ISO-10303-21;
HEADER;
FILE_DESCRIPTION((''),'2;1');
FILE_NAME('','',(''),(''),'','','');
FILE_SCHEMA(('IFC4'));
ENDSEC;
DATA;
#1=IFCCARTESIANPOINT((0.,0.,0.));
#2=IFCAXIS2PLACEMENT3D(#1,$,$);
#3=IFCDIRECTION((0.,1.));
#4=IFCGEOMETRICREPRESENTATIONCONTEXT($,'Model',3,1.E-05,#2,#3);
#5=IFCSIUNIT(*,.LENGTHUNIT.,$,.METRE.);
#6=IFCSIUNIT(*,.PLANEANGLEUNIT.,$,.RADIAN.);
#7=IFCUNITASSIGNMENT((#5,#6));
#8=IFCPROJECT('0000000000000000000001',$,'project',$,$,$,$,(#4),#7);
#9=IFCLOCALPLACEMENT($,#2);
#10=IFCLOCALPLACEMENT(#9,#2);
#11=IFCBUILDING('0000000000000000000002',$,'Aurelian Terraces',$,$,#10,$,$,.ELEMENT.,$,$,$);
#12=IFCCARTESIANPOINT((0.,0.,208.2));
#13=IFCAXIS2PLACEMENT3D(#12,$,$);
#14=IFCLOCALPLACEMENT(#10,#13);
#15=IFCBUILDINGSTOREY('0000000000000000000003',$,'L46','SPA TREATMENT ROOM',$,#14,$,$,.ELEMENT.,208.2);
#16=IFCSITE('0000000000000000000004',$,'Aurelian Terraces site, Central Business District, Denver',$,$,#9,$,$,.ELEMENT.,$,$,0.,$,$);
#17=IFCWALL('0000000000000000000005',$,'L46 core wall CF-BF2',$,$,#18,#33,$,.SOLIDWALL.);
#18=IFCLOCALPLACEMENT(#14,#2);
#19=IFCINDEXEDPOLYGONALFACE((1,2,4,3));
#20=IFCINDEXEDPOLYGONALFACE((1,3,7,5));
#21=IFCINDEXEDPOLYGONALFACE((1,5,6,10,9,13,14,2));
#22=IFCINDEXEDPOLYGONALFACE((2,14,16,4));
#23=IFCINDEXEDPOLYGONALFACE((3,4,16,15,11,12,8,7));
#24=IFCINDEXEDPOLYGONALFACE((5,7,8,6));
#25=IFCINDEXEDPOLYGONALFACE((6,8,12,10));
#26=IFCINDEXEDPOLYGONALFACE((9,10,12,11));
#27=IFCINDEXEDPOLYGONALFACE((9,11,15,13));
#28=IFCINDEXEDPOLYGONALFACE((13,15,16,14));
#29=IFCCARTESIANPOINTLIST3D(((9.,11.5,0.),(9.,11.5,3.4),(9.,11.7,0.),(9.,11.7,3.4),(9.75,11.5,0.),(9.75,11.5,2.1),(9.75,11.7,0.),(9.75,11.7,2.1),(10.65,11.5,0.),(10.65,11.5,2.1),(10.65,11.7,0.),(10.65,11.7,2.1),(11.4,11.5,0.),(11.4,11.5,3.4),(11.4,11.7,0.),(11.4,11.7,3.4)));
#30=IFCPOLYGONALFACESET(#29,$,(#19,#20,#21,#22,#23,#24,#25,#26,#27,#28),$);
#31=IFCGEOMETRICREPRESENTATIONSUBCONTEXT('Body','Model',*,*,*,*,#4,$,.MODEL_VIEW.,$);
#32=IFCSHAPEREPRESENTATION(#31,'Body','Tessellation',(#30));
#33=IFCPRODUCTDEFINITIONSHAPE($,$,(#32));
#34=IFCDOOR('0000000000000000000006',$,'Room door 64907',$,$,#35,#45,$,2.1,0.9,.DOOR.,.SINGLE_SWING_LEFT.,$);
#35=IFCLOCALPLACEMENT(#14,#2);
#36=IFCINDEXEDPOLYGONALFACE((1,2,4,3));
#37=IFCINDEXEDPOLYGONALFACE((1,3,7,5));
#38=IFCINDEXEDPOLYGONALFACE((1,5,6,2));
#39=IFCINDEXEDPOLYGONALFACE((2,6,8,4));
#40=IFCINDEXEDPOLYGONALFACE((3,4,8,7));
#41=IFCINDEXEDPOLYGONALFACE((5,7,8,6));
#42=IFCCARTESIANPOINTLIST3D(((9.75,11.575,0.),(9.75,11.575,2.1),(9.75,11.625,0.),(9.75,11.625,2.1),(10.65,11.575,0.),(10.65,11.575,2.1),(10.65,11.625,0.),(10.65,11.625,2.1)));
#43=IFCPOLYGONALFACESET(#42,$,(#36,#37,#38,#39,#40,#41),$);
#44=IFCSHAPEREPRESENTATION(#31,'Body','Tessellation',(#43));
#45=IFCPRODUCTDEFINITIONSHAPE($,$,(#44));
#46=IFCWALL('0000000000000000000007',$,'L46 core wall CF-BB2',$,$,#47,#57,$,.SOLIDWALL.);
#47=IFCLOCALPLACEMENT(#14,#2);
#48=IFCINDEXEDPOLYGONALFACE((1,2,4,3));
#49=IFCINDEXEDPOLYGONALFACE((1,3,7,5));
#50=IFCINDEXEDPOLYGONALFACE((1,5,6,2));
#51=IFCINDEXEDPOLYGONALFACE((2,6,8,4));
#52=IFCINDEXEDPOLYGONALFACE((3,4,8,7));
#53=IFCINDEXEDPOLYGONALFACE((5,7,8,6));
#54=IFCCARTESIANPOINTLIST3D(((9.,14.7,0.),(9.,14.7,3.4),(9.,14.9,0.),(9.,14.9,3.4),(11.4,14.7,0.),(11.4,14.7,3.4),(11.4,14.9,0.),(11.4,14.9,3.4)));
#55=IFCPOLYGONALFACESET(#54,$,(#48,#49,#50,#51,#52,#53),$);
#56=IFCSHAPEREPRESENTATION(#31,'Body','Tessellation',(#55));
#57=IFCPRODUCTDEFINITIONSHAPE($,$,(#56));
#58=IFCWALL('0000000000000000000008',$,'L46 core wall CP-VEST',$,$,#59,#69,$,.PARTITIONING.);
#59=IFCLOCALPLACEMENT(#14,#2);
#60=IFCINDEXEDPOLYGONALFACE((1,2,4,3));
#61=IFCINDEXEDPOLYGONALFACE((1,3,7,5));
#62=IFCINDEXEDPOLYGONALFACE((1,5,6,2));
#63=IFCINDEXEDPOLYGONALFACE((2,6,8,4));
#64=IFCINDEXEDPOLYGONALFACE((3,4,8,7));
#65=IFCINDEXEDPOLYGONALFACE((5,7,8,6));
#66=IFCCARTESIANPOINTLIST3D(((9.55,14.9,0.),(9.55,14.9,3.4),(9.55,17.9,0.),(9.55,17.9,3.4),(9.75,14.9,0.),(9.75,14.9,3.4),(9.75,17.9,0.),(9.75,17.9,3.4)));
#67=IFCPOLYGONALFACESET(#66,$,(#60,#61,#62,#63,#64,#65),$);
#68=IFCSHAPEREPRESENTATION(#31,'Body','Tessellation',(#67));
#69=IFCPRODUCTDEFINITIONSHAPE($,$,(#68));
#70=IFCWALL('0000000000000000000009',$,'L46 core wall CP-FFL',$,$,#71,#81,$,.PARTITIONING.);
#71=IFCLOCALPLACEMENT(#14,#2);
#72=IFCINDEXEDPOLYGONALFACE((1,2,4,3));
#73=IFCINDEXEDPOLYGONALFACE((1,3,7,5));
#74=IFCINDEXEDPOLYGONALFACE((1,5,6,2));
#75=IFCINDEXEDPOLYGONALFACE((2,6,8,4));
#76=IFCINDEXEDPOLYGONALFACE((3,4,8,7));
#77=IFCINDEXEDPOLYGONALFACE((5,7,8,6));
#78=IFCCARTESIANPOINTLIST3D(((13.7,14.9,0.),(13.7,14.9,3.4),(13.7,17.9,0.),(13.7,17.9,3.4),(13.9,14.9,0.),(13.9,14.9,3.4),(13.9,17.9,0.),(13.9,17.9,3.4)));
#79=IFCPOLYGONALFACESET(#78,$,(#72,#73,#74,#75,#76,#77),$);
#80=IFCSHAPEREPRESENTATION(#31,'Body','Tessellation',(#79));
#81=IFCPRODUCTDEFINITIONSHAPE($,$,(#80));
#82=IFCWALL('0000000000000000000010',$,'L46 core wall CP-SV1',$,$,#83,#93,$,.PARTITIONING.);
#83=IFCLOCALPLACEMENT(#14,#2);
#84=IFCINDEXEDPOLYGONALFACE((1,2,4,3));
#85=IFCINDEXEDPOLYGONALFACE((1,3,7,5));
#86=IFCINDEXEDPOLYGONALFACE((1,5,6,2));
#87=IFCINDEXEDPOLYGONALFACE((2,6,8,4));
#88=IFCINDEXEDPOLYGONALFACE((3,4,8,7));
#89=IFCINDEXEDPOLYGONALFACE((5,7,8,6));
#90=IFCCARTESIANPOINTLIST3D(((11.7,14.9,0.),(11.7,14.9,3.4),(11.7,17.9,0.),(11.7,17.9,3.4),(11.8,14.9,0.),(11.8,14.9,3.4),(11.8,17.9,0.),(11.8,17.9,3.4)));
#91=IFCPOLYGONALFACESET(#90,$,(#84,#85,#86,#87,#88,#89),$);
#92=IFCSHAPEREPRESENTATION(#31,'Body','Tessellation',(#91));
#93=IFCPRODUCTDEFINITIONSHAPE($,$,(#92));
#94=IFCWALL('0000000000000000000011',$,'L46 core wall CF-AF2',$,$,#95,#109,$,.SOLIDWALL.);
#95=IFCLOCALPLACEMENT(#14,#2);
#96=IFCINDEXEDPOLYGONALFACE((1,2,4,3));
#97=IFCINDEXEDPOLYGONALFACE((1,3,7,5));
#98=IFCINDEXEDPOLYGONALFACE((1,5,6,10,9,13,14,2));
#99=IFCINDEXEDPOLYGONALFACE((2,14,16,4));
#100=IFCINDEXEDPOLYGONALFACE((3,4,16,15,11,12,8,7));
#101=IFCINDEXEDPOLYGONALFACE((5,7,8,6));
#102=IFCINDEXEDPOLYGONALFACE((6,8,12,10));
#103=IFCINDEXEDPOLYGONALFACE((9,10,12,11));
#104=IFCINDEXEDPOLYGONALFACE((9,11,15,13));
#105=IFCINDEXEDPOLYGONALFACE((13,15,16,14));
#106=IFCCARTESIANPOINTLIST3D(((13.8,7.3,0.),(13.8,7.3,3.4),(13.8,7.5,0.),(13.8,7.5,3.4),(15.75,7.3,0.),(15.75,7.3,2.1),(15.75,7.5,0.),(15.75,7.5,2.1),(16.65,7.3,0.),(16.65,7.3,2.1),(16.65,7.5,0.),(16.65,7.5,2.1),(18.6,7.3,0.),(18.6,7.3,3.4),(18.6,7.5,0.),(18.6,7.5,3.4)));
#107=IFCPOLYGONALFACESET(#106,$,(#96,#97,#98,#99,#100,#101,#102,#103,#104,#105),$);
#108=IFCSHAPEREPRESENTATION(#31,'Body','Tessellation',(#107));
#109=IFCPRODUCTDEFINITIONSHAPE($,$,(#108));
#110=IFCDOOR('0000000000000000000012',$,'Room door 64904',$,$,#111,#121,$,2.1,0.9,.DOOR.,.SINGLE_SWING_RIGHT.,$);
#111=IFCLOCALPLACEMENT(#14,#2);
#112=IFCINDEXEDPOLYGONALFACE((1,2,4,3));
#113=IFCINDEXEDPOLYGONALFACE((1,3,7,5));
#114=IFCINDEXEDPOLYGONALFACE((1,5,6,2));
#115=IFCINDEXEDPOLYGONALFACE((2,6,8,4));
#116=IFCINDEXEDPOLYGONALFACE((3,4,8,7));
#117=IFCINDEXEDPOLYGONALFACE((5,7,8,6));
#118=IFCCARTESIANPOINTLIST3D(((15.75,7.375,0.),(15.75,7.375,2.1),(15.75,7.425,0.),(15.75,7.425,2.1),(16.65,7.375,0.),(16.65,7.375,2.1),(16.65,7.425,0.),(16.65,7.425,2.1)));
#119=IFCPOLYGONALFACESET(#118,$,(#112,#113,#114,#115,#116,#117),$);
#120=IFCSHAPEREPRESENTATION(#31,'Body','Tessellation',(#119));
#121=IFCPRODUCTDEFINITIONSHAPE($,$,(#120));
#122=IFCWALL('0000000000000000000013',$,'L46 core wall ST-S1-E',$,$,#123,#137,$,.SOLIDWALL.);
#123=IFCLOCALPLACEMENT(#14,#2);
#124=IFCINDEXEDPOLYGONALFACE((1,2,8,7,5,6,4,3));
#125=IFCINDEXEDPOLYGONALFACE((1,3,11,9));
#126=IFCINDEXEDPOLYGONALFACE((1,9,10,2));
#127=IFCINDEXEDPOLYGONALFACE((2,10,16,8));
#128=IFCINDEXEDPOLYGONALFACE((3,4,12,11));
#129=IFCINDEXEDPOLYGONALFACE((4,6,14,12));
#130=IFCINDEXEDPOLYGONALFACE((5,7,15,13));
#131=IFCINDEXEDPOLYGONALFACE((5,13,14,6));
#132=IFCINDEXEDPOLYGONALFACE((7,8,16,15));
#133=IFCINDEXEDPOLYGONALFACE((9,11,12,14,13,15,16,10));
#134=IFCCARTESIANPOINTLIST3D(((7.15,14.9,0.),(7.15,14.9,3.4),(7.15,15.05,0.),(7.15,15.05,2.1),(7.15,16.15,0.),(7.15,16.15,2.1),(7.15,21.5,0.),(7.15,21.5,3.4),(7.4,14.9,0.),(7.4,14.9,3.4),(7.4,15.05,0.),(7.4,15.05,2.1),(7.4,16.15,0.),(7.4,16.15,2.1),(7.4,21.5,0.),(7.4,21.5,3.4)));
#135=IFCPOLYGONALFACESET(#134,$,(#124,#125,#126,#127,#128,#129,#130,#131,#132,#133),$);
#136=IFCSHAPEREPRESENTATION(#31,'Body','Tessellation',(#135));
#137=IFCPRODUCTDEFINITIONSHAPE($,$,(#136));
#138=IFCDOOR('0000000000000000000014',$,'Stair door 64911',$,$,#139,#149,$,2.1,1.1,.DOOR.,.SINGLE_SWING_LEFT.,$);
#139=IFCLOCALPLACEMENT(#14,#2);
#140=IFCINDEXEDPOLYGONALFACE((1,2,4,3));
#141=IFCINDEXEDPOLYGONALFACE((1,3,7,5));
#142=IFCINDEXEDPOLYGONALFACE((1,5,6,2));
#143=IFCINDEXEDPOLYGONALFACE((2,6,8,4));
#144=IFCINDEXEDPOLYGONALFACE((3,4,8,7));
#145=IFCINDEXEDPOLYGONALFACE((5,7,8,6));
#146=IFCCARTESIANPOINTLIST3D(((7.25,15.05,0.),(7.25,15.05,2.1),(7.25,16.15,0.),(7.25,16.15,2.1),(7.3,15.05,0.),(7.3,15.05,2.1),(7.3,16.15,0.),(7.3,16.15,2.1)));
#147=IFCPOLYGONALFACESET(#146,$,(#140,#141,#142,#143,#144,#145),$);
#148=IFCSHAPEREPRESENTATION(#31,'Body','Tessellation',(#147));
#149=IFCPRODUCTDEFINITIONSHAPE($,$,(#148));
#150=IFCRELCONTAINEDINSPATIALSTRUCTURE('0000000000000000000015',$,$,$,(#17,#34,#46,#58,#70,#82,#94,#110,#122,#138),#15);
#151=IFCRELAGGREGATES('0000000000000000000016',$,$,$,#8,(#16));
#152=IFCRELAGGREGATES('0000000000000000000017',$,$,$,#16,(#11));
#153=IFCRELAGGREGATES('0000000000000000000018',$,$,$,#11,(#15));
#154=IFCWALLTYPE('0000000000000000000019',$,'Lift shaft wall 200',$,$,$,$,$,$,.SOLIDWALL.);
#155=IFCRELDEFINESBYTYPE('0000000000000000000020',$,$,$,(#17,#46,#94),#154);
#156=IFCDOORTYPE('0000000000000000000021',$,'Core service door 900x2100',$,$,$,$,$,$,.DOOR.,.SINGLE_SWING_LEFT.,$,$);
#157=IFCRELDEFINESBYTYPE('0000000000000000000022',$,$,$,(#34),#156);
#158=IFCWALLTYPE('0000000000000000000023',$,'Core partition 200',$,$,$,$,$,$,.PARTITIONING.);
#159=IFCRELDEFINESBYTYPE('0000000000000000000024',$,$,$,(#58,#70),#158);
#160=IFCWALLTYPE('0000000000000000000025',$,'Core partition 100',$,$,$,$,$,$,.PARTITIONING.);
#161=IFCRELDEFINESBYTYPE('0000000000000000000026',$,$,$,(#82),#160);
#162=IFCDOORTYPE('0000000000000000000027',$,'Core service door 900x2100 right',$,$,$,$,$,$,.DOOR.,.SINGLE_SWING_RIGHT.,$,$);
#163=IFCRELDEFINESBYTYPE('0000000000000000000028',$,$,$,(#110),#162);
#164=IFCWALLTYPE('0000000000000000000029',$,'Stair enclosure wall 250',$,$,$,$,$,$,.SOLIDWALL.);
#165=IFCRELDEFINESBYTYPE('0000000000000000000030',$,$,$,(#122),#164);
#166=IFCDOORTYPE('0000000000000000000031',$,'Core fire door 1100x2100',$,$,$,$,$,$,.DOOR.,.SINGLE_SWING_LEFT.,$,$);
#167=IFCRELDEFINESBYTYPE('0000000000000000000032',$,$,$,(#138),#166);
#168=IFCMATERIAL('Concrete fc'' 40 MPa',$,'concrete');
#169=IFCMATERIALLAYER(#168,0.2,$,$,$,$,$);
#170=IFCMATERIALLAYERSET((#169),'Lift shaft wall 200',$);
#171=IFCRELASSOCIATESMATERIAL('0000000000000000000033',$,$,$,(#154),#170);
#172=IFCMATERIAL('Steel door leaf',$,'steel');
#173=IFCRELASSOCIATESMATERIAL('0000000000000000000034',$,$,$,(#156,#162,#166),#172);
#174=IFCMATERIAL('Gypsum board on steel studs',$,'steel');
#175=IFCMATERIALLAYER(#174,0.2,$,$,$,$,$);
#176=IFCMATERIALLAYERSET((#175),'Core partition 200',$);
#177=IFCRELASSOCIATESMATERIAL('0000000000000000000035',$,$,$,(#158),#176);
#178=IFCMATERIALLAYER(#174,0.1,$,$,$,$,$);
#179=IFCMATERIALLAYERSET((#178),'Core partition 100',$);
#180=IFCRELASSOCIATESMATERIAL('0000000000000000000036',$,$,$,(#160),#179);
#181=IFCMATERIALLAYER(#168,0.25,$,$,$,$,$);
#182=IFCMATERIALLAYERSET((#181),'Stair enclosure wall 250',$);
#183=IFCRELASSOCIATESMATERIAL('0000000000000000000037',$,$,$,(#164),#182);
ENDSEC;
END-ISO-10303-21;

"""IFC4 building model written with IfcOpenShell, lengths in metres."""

from ifc_helpers import new_model, si_unit, direction, frame, frame_2d, origin, place, context, subcontext, project, spatial, rectangle, extrude, source, transform, mapped, material, layer, layer_set, type_object, element, fill, save


model = new_model("IFC4")

# Units and contexts
model_context = context("Model", 3, precision=1e-05, world=origin(), true_north=direction((0.0, 1.0)))
body_context = subcontext(model_context, "Body", "Model", "MODEL_VIEW")
ifc_project = project(units=[si_unit("LENGTHUNIT", "METRE"), si_unit("PLANEANGLEUNIT", "RADIAN")], contexts=[model_context])

# Site, building, storey
site_placement = place(None, origin())
site = spatial("IfcSite", under=ifc_project, at=site_placement, Name="Aurelian Terraces site, Central Business District, Denver", CompositionType="ELEMENT", RefElevation=0.0)
building_placement = place(site_placement, origin())
building = spatial("IfcBuilding", under=site, at=building_placement, Name="Aurelian Terraces", CompositionType="ELEMENT")
storey_placement = place(building_placement, frame((0.0, 0.0, 208.2)))
storey = spatial("IfcBuildingStorey", under=building, at=storey_placement, Name="L46", Description="SPA TREATMENT ROOM", CompositionType="ELEMENT", Elevation=208.2)

# Shared definitions
ifc_material_1 = material(Name="Concrete fc' 40 MPa", Category="concrete")
ifc_layer_1 = layer(ifc_material_1, 0.2)
ifc_layer_set_1 = layer_set([ifc_layer_1], Name="Lift shaft wall 200")
wall_type_1 = type_object("IfcWallType", Name="Lift shaft wall 200", PredefinedType="SOLIDWALL", material=ifc_layer_set_1)

# Shared definitions
shared_shape_1 = source(origin(), body_context, "Body", "SweptSolid", [
    extrude(rectangle(XDim=1.1, YDim=2.1, at=frame_2d((0.55, 1.05))), frame((0.0, 0.025, 0.0), z_axis=(0.0, -1.0, 0.0), x_axis=(1.0, 0.0, 0.0)), (0.0, 0.0, 1.0), 0.05),
])

# Wall, opening, door
shared_shape_2 = source(origin(), body_context, "Body", "SweptSolid", [
    extrude(rectangle(XDim=2.4, YDim=0.2, at=frame_2d((1.2, 0.0))), origin(), (0.0, 0.0, 1.0), 3.4),
])
wall_1_placement = place(storey_placement, frame((9.0, 11.6, 0.0), z_axis=(0.0, 0.0, 1.0), x_axis=(1.0, 0.0, 0.0)))
wall_1 = element("IfcWall", 1, at=wall_1_placement, inside=storey, type_object=wall_type_1, Name="L46 core wall CF-BF2", PredefinedType="SOLIDWALL", context=body_context, shape_type="MappedRepresentation", body=[
    mapped(shared_shape_2, transform((0.0, 0.0, 0.0), scale=1.0)),
])
shared_shape_3 = source(origin(), body_context, "Body", "SweptSolid", [
    extrude(rectangle(XDim=0.9, YDim=2.1, at=frame_2d((0.45, 1.05))), frame((0.0, 0.11, 0.0), z_axis=(0.0, -1.0, 0.0), x_axis=(1.0, 0.0, 0.0)), (0.0, 0.0, 1.0), 0.22),
])
opening_1_placement = place(wall_1_placement, frame((0.75, 0.0, 0.0)))
opening_1 = element("IfcOpeningElement", 2, at=opening_1_placement, cuts=wall_1, PredefinedType="OPENING", context=body_context, shape_type="MappedRepresentation", body=[
    mapped(shared_shape_3, transform((0.0, 0.0, 0.0), scale=1.0)),
])
ifc_material_2 = material(Name="Steel door leaf", Category="steel")
door_type_1 = type_object("IfcDoorType", Name="Core service door 900x2100", OperationType="SINGLE_SWING_LEFT", PredefinedType="DOOR", material=ifc_material_2)
shared_shape_4 = source(origin(), body_context, "Body", "SweptSolid", [
    extrude(rectangle(XDim=0.9, YDim=2.1, at=frame_2d((0.45, 1.05))), frame((0.0, 0.025, 0.0), z_axis=(0.0, -1.0, 0.0), x_axis=(1.0, 0.0, 0.0)), (0.0, 0.0, 1.0), 0.05),
])
door_1_placement = place(opening_1_placement, origin())
door_1 = element("IfcDoor", 3, at=door_1_placement, inside=storey, type_object=door_type_1, Name="Room door 64907", OperationType="SINGLE_SWING_LEFT", OverallHeight=2.1, OverallWidth=0.9, PredefinedType="DOOR", context=body_context, shape_type="MappedRepresentation", body=[
    mapped(shared_shape_4, transform((0.0, 0.0, 0.0), scale=1.0)),
])
fill(opening_1, door_1)

# Walls
wall_2_placement = place(storey_placement, frame((9.0, 14.8, 0.0), z_axis=(0.0, 0.0, 1.0), x_axis=(1.0, 0.0, 0.0)))
element("IfcWall", 4, at=wall_2_placement, inside=storey, type_object=wall_type_1, Name="L46 core wall CF-BB2", PredefinedType="SOLIDWALL", context=body_context, shape_type="MappedRepresentation", body=[
    mapped(shared_shape_2, transform((0.0, 0.0, 0.0), scale=1.0)),
])
ifc_material_3 = material(Name="Gypsum board on steel studs", Category="steel")
ifc_layer_2 = layer(ifc_material_3, 0.2)
ifc_layer_set_2 = layer_set([ifc_layer_2], Name="Core partition 200")
wall_type_2 = type_object("IfcWallType", Name="Core partition 200", PredefinedType="PARTITIONING", material=ifc_layer_set_2)
shared_shape_5 = source(origin(), body_context, "Body", "SweptSolid", [
    extrude(rectangle(XDim=3.0, YDim=0.2, at=frame_2d((1.5, 0.0))), origin(), (0.0, 0.0, 1.0), 3.4),
])
for number, where, z_axis, x_axis, name in (
    (5, (9.65, 14.9, 0.0), (0.0, 0.0, 1.0), (0.0, 1.0, 0.0), "L46 core wall CP-VEST"),
    (6, (13.8, 14.9, 0.0), (0.0, 0.0, 1.0), (0.0, 1.0, 0.0), "L46 core wall CP-FFL"),
):
    element("IfcWall", number, at=place(storey_placement, frame(where, z_axis=z_axis, x_axis=x_axis)), inside=storey, type_object=wall_type_2, Name=name, PredefinedType="PARTITIONING", context=body_context, shape_type="MappedRepresentation", body=[
        mapped(shared_shape_5, transform((0.0, 0.0, 0.0), scale=1.0)),
    ])
ifc_layer_3 = layer(ifc_material_3, 0.1)
ifc_layer_set_3 = layer_set([ifc_layer_3], Name="Core partition 100")
wall_type_3 = type_object("IfcWallType", Name="Core partition 100", PredefinedType="PARTITIONING", material=ifc_layer_set_3)
shared_shape_6 = source(origin(), body_context, "Body", "SweptSolid", [
    extrude(rectangle(XDim=3.0, YDim=0.1, at=frame_2d((1.5, 0.0))), origin(), (0.0, 0.0, 1.0), 3.4),
])
wall_3_placement = place(storey_placement, frame((11.75, 14.9, 0.0), z_axis=(0.0, 0.0, 1.0), x_axis=(0.0, 1.0, 0.0)))
element("IfcWall", 7, at=wall_3_placement, inside=storey, type_object=wall_type_3, Name="L46 core wall CP-SV1", PredefinedType="PARTITIONING", context=body_context, shape_type="MappedRepresentation", body=[
    mapped(shared_shape_6, transform((0.0, 0.0, 0.0), scale=1.0)),
])

# Walls, openings, doors
shared_shape_7 = source(origin(), body_context, "Body", "SweptSolid", [
    extrude(rectangle(XDim=4.8, YDim=0.2, at=frame_2d((2.4, 0.0))), origin(), (0.0, 0.0, 1.0), 3.4),
])
wall_4_placement = place(storey_placement, frame((13.8, 7.4, 0.0), z_axis=(0.0, 0.0, 1.0), x_axis=(1.0, 0.0, 0.0)))
wall_4 = element("IfcWall", 8, at=wall_4_placement, inside=storey, type_object=wall_type_1, Name="L46 core wall CF-AF2", PredefinedType="SOLIDWALL", context=body_context, shape_type="MappedRepresentation", body=[
    mapped(shared_shape_7, transform((0.0, 0.0, 0.0), scale=1.0)),
])
opening_2_placement = place(wall_4_placement, frame((1.95, 0.0, 0.0)))
opening_2 = element("IfcOpeningElement", 9, at=opening_2_placement, cuts=wall_4, PredefinedType="OPENING", context=body_context, shape_type="MappedRepresentation", body=[
    mapped(shared_shape_3, transform((0.0, 0.0, 0.0), scale=1.0)),
])
door_type_2 = type_object("IfcDoorType", Name="Core service door 900x2100 right", OperationType="SINGLE_SWING_RIGHT", PredefinedType="DOOR", material=ifc_material_2)
door_2_placement = place(opening_2_placement, origin())
door_2 = element("IfcDoor", 10, at=door_2_placement, inside=storey, type_object=door_type_2, Name="Room door 64904", OperationType="SINGLE_SWING_RIGHT", OverallHeight=2.1, OverallWidth=0.9, PredefinedType="DOOR", context=body_context, shape_type="MappedRepresentation", body=[
    mapped(shared_shape_4, transform((0.0, 0.0, 0.0), scale=1.0)),
])
fill(opening_2, door_2)
ifc_layer_4 = layer(ifc_material_1, 0.25)
ifc_layer_set_4 = layer_set([ifc_layer_4], Name="Stair enclosure wall 250")
wall_type_4 = type_object("IfcWallType", Name="Stair enclosure wall 250", PredefinedType="SOLIDWALL", material=ifc_layer_set_4)
shared_shape_8 = source(origin(), body_context, "Body", "SweptSolid", [
    extrude(rectangle(XDim=6.6, YDim=0.25, at=frame_2d((3.3, 0.0))), origin(), (0.0, 0.0, 1.0), 3.4),
])
wall_5_placement = place(storey_placement, frame((7.275, 14.9, 0.0), z_axis=(0.0, 0.0, 1.0), x_axis=(0.0, 1.0, 0.0)))
wall_5 = element("IfcWall", 11, at=wall_5_placement, inside=storey, type_object=wall_type_4, Name="L46 core wall ST-S1-E", PredefinedType="SOLIDWALL", context=body_context, shape_type="MappedRepresentation", body=[
    mapped(shared_shape_8, transform((0.0, 0.0, 0.0), scale=1.0)),
])
shared_shape_9 = source(origin(), body_context, "Body", "SweptSolid", [
    extrude(rectangle(XDim=1.1, YDim=2.1, at=frame_2d((0.55, 1.05))), frame((0.0, 0.135, 0.0), z_axis=(0.0, -1.0, 0.0), x_axis=(1.0, 0.0, 0.0)), (0.0, 0.0, 1.0), 0.27),
])
opening_3_placement = place(wall_5_placement, frame((0.15, 0.0, 0.0)))
opening_3 = element("IfcOpeningElement", 12, at=opening_3_placement, cuts=wall_5, PredefinedType="OPENING", context=body_context, shape_type="MappedRepresentation", body=[
    mapped(shared_shape_9, transform((0.0, 0.0, 0.0), scale=1.0)),
])
door_type_3 = type_object("IfcDoorType", Name="Core fire door 1100x2100", OperationType="SINGLE_SWING_LEFT", PredefinedType="DOOR", material=ifc_material_2)
door_3_placement = place(opening_3_placement, origin())
door_3 = element("IfcDoor", 13, at=door_3_placement, inside=storey, type_object=door_type_3, Name="Stair door 64911", OperationType="SINGLE_SWING_LEFT", OverallHeight=2.1, OverallWidth=1.1, PredefinedType="DOOR", context=body_context, shape_type="MappedRepresentation", body=[
    mapped(shared_shape_1, transform((0.0, 0.0, 0.0), scale=1.0)),
])
fill(opening_3, door_3)

save(model, "model.ifc")
